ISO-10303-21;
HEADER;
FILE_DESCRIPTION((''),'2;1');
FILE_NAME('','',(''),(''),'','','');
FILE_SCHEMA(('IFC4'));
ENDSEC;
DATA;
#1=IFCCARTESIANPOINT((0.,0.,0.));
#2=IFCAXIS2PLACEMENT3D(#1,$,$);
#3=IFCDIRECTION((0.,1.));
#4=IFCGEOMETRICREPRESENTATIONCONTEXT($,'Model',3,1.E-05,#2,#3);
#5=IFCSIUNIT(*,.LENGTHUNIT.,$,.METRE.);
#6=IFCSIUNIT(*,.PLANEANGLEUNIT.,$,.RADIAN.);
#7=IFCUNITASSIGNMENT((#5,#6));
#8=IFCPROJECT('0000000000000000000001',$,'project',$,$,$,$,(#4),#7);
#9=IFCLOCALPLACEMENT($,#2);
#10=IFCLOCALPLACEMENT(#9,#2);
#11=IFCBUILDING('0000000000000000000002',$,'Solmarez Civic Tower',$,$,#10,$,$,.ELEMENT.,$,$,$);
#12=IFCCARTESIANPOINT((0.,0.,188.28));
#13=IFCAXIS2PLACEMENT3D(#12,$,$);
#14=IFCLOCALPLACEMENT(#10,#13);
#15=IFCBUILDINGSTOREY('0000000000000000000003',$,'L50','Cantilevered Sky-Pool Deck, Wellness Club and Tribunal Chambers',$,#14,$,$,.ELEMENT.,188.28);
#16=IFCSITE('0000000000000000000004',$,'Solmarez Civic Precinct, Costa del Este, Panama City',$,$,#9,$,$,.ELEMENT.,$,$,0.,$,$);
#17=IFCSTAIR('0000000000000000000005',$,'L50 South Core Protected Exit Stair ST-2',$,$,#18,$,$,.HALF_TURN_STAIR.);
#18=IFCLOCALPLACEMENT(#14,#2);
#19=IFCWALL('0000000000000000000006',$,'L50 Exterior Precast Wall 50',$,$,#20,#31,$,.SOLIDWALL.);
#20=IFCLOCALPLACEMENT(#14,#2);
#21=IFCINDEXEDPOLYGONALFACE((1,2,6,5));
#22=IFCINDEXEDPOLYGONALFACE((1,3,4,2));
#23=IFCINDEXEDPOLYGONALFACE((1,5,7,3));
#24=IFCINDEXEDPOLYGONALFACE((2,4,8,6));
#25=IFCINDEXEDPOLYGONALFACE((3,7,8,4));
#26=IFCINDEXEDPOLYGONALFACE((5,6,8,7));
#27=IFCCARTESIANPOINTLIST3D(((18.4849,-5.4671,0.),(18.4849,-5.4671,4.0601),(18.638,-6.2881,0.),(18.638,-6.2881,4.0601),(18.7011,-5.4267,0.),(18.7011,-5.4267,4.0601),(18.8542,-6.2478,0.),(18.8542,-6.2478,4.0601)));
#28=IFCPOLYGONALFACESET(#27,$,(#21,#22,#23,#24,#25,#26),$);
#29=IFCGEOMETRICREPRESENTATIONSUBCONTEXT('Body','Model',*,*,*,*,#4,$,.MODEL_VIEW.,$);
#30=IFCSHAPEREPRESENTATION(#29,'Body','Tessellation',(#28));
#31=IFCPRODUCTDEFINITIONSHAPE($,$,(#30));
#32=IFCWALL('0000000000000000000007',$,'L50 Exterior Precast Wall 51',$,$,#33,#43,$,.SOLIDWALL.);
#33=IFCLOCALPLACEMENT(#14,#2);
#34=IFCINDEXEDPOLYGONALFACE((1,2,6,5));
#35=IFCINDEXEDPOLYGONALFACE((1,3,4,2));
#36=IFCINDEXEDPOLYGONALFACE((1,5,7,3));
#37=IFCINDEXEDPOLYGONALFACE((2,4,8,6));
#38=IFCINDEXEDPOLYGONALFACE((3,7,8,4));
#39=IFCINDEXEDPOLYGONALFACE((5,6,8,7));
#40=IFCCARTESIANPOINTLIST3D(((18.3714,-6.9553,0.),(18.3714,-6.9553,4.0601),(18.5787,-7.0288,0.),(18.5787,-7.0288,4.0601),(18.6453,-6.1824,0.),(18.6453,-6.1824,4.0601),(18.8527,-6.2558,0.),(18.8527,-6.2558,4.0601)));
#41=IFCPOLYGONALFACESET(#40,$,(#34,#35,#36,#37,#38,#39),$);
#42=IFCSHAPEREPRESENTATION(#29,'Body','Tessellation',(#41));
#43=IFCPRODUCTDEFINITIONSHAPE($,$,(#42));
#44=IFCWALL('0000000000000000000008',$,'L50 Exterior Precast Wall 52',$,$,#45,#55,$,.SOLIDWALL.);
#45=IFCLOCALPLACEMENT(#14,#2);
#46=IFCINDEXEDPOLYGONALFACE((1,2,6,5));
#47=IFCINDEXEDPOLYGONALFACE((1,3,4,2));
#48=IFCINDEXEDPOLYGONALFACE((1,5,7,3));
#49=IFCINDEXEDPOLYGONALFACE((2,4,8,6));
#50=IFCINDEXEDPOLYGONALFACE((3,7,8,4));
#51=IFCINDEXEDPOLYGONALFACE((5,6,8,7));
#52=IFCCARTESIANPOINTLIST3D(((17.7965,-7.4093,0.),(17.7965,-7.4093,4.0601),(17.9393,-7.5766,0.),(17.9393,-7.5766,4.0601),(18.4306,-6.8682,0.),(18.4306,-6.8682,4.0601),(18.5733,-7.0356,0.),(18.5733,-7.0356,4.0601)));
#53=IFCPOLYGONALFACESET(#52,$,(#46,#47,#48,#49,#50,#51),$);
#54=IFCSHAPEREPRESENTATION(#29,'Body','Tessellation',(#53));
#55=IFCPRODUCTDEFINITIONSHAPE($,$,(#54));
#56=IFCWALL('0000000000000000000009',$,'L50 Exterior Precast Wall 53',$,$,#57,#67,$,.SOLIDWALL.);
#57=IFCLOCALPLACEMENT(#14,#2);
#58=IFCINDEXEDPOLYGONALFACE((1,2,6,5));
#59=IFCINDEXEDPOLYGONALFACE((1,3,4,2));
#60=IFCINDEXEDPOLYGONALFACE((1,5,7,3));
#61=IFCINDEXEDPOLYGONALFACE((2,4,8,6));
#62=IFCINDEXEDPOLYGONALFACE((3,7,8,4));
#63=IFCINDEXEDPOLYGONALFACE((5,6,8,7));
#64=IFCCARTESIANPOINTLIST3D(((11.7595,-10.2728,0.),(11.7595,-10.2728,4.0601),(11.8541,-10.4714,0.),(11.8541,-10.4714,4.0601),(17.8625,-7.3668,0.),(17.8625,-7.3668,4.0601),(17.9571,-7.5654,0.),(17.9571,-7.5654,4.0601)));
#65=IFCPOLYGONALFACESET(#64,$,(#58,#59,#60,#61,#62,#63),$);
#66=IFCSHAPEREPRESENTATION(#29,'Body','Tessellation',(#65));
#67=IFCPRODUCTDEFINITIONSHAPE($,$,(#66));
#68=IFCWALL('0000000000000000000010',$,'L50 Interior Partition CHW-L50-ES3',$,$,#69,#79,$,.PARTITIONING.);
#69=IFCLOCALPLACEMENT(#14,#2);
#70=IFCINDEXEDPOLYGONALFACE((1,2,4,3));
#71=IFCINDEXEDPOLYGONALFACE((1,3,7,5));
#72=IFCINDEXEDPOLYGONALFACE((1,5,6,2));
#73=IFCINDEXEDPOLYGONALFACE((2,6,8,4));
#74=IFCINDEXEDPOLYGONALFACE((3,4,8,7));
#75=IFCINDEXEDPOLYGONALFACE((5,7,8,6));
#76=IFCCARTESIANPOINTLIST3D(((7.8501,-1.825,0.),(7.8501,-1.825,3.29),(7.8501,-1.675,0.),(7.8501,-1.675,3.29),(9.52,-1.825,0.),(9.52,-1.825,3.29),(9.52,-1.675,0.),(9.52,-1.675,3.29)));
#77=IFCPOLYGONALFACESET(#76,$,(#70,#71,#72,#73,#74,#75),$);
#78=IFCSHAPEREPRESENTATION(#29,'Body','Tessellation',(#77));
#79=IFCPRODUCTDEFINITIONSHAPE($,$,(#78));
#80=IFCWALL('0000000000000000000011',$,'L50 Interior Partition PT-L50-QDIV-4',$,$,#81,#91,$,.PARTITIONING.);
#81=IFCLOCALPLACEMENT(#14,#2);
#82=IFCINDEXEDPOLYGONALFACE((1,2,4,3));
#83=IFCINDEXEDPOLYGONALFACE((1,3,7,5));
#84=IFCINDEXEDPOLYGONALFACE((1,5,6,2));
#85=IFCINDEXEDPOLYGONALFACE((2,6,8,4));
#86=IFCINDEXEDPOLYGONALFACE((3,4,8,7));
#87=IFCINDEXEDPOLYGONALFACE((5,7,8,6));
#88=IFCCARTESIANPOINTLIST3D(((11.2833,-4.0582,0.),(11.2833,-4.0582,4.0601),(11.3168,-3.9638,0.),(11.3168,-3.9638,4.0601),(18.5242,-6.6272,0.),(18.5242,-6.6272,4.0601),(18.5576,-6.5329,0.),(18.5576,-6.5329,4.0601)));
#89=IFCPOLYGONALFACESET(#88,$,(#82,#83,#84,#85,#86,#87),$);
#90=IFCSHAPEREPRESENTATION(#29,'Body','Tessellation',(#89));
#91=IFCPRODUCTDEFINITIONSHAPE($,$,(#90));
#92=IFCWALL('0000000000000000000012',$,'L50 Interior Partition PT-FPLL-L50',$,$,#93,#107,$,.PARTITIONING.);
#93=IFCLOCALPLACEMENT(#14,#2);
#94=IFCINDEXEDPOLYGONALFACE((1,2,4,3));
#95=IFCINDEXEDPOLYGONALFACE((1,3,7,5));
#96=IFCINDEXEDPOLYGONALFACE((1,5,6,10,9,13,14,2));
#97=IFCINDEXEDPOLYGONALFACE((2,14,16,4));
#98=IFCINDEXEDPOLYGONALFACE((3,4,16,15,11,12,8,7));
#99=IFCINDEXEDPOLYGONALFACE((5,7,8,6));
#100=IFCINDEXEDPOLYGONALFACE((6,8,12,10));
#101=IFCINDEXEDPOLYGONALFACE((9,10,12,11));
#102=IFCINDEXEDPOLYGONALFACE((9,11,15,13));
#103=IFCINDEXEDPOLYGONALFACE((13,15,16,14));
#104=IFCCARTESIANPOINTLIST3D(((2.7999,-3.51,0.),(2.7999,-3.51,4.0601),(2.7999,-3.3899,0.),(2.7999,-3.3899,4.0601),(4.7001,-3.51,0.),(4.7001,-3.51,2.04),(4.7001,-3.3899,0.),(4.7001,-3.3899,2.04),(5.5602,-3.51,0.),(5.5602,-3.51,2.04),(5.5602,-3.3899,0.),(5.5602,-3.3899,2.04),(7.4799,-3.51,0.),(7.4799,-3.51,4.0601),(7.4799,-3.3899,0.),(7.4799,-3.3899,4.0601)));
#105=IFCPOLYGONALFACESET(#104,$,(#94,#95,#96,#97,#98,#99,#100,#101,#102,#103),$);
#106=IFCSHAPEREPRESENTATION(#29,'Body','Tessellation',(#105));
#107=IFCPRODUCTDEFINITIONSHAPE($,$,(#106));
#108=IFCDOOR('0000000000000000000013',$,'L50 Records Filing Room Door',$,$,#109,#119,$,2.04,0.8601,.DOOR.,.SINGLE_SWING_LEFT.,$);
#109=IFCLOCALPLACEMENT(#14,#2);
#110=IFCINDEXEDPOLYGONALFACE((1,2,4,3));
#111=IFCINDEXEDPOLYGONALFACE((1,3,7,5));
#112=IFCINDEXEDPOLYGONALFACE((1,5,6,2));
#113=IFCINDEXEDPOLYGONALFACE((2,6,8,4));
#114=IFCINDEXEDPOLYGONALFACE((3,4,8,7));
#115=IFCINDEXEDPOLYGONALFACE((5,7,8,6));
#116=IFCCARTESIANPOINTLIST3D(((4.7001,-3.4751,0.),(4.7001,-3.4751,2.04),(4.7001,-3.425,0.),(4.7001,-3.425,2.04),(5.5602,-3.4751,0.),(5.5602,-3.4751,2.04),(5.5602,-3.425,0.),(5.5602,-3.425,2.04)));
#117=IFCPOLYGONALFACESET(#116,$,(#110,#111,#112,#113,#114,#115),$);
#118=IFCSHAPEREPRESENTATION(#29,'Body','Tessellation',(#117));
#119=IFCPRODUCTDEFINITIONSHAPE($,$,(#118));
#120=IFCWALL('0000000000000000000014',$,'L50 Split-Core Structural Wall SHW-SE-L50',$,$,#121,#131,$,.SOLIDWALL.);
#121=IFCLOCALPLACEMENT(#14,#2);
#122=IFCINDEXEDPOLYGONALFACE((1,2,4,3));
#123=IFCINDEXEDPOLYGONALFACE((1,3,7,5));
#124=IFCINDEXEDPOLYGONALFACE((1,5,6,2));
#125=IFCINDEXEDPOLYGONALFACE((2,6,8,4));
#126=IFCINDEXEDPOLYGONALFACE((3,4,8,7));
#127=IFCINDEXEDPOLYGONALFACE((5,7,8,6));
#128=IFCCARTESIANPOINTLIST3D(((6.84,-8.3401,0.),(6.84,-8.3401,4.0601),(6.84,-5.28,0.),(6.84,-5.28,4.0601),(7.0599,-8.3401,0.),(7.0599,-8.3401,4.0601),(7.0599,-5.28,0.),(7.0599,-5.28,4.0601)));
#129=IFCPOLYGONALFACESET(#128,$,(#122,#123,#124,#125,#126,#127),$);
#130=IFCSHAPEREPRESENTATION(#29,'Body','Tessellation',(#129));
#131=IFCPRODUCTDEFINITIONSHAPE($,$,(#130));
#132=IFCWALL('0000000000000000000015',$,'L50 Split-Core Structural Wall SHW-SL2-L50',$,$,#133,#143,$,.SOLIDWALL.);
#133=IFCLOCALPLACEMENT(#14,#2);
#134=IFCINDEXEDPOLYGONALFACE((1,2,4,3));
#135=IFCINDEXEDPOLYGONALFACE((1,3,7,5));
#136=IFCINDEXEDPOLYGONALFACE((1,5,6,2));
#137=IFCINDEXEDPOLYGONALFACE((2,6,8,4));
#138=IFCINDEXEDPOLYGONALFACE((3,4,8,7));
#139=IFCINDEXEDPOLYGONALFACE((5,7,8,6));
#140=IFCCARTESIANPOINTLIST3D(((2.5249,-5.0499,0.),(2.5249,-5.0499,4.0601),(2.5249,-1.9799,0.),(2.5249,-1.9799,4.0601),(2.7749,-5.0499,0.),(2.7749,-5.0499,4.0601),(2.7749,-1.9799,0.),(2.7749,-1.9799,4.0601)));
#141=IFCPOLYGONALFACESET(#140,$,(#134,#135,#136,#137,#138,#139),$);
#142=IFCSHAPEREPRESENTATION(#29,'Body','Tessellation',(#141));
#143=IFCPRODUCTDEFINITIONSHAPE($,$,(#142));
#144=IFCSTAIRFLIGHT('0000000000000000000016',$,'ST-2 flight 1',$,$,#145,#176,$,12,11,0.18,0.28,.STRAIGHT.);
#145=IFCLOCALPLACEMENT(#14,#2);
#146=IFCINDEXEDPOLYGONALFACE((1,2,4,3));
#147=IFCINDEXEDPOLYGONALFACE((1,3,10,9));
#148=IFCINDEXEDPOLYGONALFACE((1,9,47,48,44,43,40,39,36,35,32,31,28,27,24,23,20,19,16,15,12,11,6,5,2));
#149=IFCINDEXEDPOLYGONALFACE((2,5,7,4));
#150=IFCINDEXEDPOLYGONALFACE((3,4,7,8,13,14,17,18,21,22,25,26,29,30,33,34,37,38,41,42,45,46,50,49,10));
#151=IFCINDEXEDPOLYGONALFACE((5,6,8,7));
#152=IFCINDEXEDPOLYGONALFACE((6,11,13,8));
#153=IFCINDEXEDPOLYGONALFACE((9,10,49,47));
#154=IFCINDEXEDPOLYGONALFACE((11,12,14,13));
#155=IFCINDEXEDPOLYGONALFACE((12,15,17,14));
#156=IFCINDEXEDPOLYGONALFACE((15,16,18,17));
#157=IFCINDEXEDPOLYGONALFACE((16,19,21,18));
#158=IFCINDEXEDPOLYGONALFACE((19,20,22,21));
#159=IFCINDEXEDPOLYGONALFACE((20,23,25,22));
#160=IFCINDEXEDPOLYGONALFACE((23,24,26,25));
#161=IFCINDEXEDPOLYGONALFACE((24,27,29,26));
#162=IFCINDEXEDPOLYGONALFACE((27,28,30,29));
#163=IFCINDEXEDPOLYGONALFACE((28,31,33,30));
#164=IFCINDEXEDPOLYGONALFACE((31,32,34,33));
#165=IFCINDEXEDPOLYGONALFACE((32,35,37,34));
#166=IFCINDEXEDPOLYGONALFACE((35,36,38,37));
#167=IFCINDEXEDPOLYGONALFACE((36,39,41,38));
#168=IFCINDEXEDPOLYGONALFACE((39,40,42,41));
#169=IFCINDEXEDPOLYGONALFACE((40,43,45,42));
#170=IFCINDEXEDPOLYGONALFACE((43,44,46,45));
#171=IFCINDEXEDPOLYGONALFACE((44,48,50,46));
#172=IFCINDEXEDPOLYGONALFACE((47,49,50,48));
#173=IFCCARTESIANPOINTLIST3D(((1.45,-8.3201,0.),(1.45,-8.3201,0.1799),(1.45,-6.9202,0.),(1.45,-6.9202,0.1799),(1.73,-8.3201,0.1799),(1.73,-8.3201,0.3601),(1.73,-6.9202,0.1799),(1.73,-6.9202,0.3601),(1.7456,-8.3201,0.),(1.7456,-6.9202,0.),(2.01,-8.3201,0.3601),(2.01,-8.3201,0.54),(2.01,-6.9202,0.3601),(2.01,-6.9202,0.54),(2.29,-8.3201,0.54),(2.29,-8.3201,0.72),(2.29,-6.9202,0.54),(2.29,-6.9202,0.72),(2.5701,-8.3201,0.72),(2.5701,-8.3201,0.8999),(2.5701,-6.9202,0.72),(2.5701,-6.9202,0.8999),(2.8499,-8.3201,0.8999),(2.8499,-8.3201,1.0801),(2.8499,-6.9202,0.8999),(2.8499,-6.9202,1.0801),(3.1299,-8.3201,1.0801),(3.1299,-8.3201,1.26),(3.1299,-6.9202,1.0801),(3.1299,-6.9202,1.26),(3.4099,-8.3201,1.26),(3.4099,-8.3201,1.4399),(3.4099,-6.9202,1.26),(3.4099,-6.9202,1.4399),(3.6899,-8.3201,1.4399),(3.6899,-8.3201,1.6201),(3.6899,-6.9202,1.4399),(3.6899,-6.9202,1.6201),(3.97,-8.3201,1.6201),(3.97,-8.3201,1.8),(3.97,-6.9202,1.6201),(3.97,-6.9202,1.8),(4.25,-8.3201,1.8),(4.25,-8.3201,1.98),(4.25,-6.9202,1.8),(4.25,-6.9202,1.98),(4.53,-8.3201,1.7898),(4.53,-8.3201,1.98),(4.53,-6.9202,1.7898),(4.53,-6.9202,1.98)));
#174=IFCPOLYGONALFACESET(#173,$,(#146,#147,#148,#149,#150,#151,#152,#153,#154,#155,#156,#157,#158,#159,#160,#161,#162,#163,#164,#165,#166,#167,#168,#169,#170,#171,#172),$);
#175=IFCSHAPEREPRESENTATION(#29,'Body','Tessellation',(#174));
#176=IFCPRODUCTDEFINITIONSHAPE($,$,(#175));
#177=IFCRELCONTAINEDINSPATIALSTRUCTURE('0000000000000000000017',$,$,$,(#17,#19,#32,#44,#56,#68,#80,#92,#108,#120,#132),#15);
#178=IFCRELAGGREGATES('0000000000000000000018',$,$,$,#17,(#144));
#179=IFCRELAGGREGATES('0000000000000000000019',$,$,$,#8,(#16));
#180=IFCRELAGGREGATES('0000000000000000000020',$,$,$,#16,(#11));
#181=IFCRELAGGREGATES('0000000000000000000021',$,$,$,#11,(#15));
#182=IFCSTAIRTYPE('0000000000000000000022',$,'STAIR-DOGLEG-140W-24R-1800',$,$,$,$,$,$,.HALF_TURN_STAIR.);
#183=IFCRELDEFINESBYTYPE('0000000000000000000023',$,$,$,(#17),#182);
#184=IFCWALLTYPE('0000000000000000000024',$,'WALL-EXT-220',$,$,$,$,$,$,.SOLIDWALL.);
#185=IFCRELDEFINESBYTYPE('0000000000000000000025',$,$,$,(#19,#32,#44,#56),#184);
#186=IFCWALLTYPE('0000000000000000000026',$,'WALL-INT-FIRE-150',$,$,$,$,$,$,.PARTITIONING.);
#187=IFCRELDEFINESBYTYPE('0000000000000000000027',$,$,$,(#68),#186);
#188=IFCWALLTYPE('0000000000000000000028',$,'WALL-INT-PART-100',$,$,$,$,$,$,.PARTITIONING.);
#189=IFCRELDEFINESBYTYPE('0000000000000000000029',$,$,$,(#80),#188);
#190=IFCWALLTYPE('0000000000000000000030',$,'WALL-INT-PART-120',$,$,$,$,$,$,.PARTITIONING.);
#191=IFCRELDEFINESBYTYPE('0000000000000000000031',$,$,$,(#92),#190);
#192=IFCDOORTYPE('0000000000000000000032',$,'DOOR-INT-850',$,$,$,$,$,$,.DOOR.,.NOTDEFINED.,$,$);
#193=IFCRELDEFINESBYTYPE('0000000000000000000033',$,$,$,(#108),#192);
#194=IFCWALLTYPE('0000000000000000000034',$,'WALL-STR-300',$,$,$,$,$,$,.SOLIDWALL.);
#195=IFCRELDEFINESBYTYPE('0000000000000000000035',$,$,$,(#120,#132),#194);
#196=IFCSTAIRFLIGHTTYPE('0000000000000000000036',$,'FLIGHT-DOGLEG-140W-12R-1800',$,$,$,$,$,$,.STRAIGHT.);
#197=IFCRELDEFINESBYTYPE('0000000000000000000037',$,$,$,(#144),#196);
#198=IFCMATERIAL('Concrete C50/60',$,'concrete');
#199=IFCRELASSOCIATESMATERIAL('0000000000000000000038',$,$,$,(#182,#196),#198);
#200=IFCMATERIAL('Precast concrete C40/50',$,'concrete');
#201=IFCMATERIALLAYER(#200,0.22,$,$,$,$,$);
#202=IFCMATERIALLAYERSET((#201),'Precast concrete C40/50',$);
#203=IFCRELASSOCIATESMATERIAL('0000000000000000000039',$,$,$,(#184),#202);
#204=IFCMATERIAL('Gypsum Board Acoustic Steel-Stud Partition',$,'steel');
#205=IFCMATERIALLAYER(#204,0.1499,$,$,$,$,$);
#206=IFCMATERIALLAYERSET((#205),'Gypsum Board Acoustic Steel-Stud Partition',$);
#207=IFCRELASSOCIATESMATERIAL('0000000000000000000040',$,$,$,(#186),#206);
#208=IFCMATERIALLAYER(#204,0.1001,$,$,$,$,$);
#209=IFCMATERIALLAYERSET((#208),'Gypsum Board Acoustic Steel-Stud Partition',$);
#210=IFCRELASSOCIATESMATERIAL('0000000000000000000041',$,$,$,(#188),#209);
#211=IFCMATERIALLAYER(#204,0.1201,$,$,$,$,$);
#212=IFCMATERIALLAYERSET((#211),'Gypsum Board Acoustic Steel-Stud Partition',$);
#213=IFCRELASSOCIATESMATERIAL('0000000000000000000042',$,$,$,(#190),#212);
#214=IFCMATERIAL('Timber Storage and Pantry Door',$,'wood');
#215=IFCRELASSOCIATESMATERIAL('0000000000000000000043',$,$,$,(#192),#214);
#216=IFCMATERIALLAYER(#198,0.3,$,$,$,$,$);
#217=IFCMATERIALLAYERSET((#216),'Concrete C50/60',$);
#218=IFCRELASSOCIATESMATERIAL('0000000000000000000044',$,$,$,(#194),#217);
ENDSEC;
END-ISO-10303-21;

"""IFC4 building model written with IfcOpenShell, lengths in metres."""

from ifc_helpers import new_model, si_unit, direction, frame, frame_2d, origin, place, context, subcontext, project, spatial, polyline, rectangle, outline, extrude, material, layer, layer_set, type_object, element, fill, aggregate, save


model = new_model("IFC4")

# Units and contexts
model_context = context("Model", 3, precision=1e-05, world=origin(), true_north=direction((0.0, 1.0)))
body_context = subcontext(model_context, "Body", "Model", "MODEL_VIEW")
ifc_project = project(units=[si_unit("LENGTHUNIT", "METRE"), si_unit("PLANEANGLEUNIT", "RADIAN")], contexts=[model_context])

# Site, building, storey
site_placement = place(None, origin())
site = spatial("IfcSite", under=ifc_project, at=site_placement, Name="Solmarez Civic Precinct, Costa del Este, Panama City", CompositionType="ELEMENT", RefElevation=0.0)
building_placement = place(site_placement, origin())
building = spatial("IfcBuilding", under=site, at=building_placement, Name="Solmarez Civic Tower", CompositionType="ELEMENT")
storey_placement = place(building_placement, frame((0.0, 0.0, 188.28)))
storey = spatial("IfcBuildingStorey", under=building, at=storey_placement, Name="L50", Description="Cantilevered Sky-Pool Deck, Wellness Club and Tribunal Chambers", CompositionType="ELEMENT", Elevation=188.28)

# Shared definitions
ifc_material_1 = material(Name="Concrete C50/60", Category="concrete")

# Stair
stair_type = type_object("IfcStairType", Name="STAIR-DOGLEG-140W-24R-1800", PredefinedType="HALF_TURN_STAIR", material=ifc_material_1)
stair_1_placement = place(storey_placement, origin())
stair_1 = element("IfcStair", 1, at=stair_1_placement, inside=storey, type_object=stair_type, Name="L50 South Core Protected Exit Stair ST-2", PredefinedType="HALF_TURN_STAIR")

# Walls
ifc_material_2 = material(Name="Precast concrete C40/50", Category="concrete")
ifc_layer_1 = layer(ifc_material_2, 0.22)
ifc_layer_set_1 = layer_set([ifc_layer_1], Name="Precast concrete C40/50")
wall_type_1 = type_object("IfcWallType", Name="WALL-EXT-220", PredefinedType="SOLIDWALL", material=ifc_layer_set_1)
wall_1_placement = place(storey_placement, frame((18.593, -5.447, 0.0), z_axis=(0.0, 0.0, 1.0), x_axis=(0.183282, -0.98306, 0.0)))
element("IfcWall", 2, at=wall_1_placement, inside=storey, type_object=wall_type_1, Name="L50 Exterior Precast Wall 50", PredefinedType="SOLIDWALL", context=body_context, shape_type="SweptSolid", body=[
    extrude(rectangle(XDim=0.8352, YDim=0.22, at=frame_2d((0.4175, 0.0))), origin(), (0.0, 0.0, 1.0), 4.0601),
])
wall_2_placement = place(storey_placement, frame((18.749, -6.219, 0.0), z_axis=(0.0, 0.0, 1.0), x_axis=(-0.334035, -0.942561, 0.0)))
element("IfcWall", 3, at=wall_2_placement, inside=storey, type_object=wall_type_1, Name="L50 Exterior Precast Wall 51", PredefinedType="SOLIDWALL", context=body_context, shape_type="SweptSolid", body=[
    extrude(rectangle(XDim=0.8201, YDim=0.22, at=frame_2d((0.4102, 0.0))), origin(), (0.0, 0.0, 1.0), 4.0601),
])
wall_3_placement = place(storey_placement, frame((18.502, -6.9519, 0.0), z_axis=(0.0, 0.0, 1.0), x_axis=(-0.760702, -0.649101, 0.0)))
element("IfcWall", 4, at=wall_3_placement, inside=storey, type_object=wall_type_1, Name="L50 Exterior Precast Wall 52", PredefinedType="SOLIDWALL", context=body_context, shape_type="SweptSolid", body=[
    extrude(rectangle(XDim=0.8335, YDim=0.22, at=frame_2d((0.4167, 0.0))), origin(), (0.0, 0.0, 1.0), 4.0601),
])
wall_4_placement = place(storey_placement, frame((17.9099, -7.4661, 0.0), z_axis=(0.0, 0.0, 1.0), x_axis=(-0.902872, -0.42991, 0.0)))
element("IfcWall", 5, at=wall_4_placement, inside=storey, type_object=wall_type_1, Name="L50 Exterior Precast Wall 53", PredefinedType="SOLIDWALL", context=body_context, shape_type="SweptSolid", body=[
    extrude(rectangle(XDim=6.7595, YDim=0.22, at=frame_2d((3.3799, 0.0))), origin(), (0.0, 0.0, 1.0), 4.0601),
])
ifc_material_3 = material(Name="Gypsum Board Acoustic Steel-Stud Partition", Category="steel")
ifc_layer_2 = layer(ifc_material_3, 0.1499)
ifc_layer_set_2 = layer_set([ifc_layer_2], Name="Gypsum Board Acoustic Steel-Stud Partition")
wall_type_2 = type_object("IfcWallType", Name="WALL-INT-FIRE-150", PredefinedType="PARTITIONING", material=ifc_layer_set_2)
wall_5_placement = place(storey_placement, frame((7.8501, -1.75, 0.0), z_axis=(0.0, 0.0, 1.0), x_axis=(1.0, 0.0, 0.0)))
element("IfcWall", 6, at=wall_5_placement, inside=storey, type_object=wall_type_2, Name="L50 Interior Partition CHW-L50-ES3", PredefinedType="PARTITIONING", context=body_context, shape_type="SweptSolid", body=[
    extrude(rectangle(XDim=1.6699, YDim=0.1499, at=frame_2d((0.835, 0.0))), origin(), (0.0, 0.0, 1.0), 3.29),
])
ifc_layer_3 = layer(ifc_material_3, 0.1001)
ifc_layer_set_3 = layer_set([ifc_layer_3], Name="Gypsum Board Acoustic Steel-Stud Partition")
wall_type_3 = type_object("IfcWallType", Name="WALL-INT-PART-100", PredefinedType="PARTITIONING", material=ifc_layer_set_3)
wall_6_placement = place(storey_placement, frame((11.3, -4.011, 0.0), z_axis=(0.0, 0.0, 1.0), x_axis=(0.942439, -0.334377, 0.0)))
element("IfcWall", 7, at=wall_6_placement, inside=storey, type_object=wall_type_3, Name="L50 Interior Partition PT-L50-QDIV-4", PredefinedType="PARTITIONING", context=body_context, shape_type="SweptSolid", body=[
    extrude(rectangle(XDim=7.6831, YDim=0.1001, at=frame_2d((3.8416, 0.0))), origin(), (0.0, 0.0, 1.0), 4.0601),
])

# Wall, opening, door
ifc_layer_4 = layer(ifc_material_3, 0.1201)
ifc_layer_set_4 = layer_set([ifc_layer_4], Name="Gypsum Board Acoustic Steel-Stud Partition")
wall_type_4 = type_object("IfcWallType", Name="WALL-INT-PART-120", PredefinedType="PARTITIONING", material=ifc_layer_set_4)
wall_7_placement = place(storey_placement, frame((2.8, -3.45, 0.0), z_axis=(0.0, 0.0, 1.0), x_axis=(1.0, 0.0, 0.0)))
wall_7 = element("IfcWall", 8, at=wall_7_placement, inside=storey, type_object=wall_type_4, Name="L50 Interior Partition PT-FPLL-L50", PredefinedType="PARTITIONING", context=body_context, shape_type="SweptSolid", body=[
    extrude(rectangle(XDim=4.6799, YDim=0.1201, at=frame_2d((2.3398, 0.0))), origin(), (0.0, 0.0, 1.0), 4.0601),
])
opening_placement = place(wall_7_placement, frame((1.8999, 0.0, 0.0)))
opening = element("IfcOpeningElement", 9, at=opening_placement, cuts=wall_7, PredefinedType="OPENING", context=body_context, shape_type="SweptSolid", body=[
    extrude(rectangle(XDim=0.8601, YDim=2.04, at=frame_2d((0.4302, 1.02))), frame((0.0, 0.0701, 0.0), z_axis=(0.0, -1.0, 0.0), x_axis=(1.0, 0.0, 0.0)), (0.0, 0.0, 1.0), 0.1401),
])
ifc_material_4 = material(Name="Timber Storage and Pantry Door", Category="wood")
door_type = type_object("IfcDoorType", Name="DOOR-INT-850", OperationType="NOTDEFINED", PredefinedType="DOOR", material=ifc_material_4)
door_placement = place(opening_placement, origin())
door = element("IfcDoor", 10, at=door_placement, inside=storey, type_object=door_type, Name="L50 Records Filing Room Door", OperationType="SINGLE_SWING_LEFT", OverallHeight=2.04, OverallWidth=0.8601, PredefinedType="DOOR", context=body_context, shape_type="SweptSolid", body=[
    extrude(rectangle(XDim=0.8601, YDim=2.04, at=frame_2d((0.4302, 1.02))), frame((0.0, 0.0249, 0.0), z_axis=(0.0, -1.0, 0.0), x_axis=(1.0, 0.0, 0.0)), (0.0, 0.0, 1.0), 0.05),
])
fill(opening, door)

# Walls
ifc_layer_5 = layer(ifc_material_1, 0.3)
ifc_layer_set_5 = layer_set([ifc_layer_5], Name="Concrete C50/60")
wall_type_5 = type_object("IfcWallType", Name="WALL-STR-300", PredefinedType="SOLIDWALL", material=ifc_layer_set_5)
wall_8_placement = place(storey_placement, frame((6.95, -8.3401, 0.0), z_axis=(0.0, 0.0, 1.0), x_axis=(0.0, 1.0, 0.0)))
element("IfcWall", 11, at=wall_8_placement, inside=storey, type_object=wall_type_5, Name="L50 Split-Core Structural Wall SHW-SE-L50", PredefinedType="SOLIDWALL", context=body_context, shape_type="SweptSolid", body=[
    extrude(rectangle(XDim=3.0601, YDim=0.22, at=frame_2d((1.53, 0.0))), origin(), (0.0, 0.0, 1.0), 4.0601),
])
wall_9_placement = place(storey_placement, frame((2.6499, -5.05, 0.0), z_axis=(0.0, 0.0, 1.0), x_axis=(0.0, 1.0, 0.0)))
element("IfcWall", 12, at=wall_9_placement, inside=storey, type_object=wall_type_5, Name="L50 Split-Core Structural Wall SHW-SL2-L50", PredefinedType="SOLIDWALL", context=body_context, shape_type="SweptSolid", body=[
    extrude(rectangle(XDim=3.0701, YDim=0.25, at=frame_2d((1.5352, 0.0))), origin(), (0.0, 0.0, 1.0), 4.0601),
])

# Stair flight
stair_flight_type = type_object("IfcStairFlightType", Name="FLIGHT-DOGLEG-140W-12R-1800", PredefinedType="STRAIGHT", material=ifc_material_1)
stair_flight_1_placement = place(storey_placement, frame((1.45, -7.6201, 0.0), z_axis=(0.0, 0.0, 1.0), x_axis=(1.0, 0.0, 0.0)))
stair_flight_1 = element("IfcStairFlight", 13, at=stair_flight_1_placement, type_object=stair_flight_type, Name="ST-2 flight 1", NumberOfRisers=12, NumberOfTreads=11, PredefinedType="STRAIGHT", RiserHeight=0.18, TreadLength=0.28, context=body_context, shape_type="SweptSolid", body=[
    extrude(outline(polyline([(0.0, 0.0), (0.0, 0.1799), (0.28, 0.1799), (0.28, 0.3601), (0.5601, 0.3601), (0.5601, 0.54), (0.8401, 0.54), (0.8401, 0.72), (1.1201, 0.72), (1.1201, 0.8999), (1.3999, 0.8999), (1.3999, 1.0801), (1.6799, 1.0801), (1.6799, 1.26), (1.96, 1.26), (1.96, 1.4399), (2.24, 1.4399), (2.24, 1.6201), (2.52, 1.6201), (2.52, 1.8), (2.8, 1.8), (2.8, 1.98), (3.0801, 1.98), (3.0801, 2.1599), (3.0801, 1.7898), (0.2957, 0.0), (0.0, 0.0)])), frame((0.0, 0.7, 0.0), z_axis=(0.0, -1.0, 0.0), x_axis=(1.0, 0.0, 0.0)), (0.0, 0.0, 1.0), 1.3999),
])
aggregate(stair_1, [stair_flight_1])

save(model, "model.ifc")
